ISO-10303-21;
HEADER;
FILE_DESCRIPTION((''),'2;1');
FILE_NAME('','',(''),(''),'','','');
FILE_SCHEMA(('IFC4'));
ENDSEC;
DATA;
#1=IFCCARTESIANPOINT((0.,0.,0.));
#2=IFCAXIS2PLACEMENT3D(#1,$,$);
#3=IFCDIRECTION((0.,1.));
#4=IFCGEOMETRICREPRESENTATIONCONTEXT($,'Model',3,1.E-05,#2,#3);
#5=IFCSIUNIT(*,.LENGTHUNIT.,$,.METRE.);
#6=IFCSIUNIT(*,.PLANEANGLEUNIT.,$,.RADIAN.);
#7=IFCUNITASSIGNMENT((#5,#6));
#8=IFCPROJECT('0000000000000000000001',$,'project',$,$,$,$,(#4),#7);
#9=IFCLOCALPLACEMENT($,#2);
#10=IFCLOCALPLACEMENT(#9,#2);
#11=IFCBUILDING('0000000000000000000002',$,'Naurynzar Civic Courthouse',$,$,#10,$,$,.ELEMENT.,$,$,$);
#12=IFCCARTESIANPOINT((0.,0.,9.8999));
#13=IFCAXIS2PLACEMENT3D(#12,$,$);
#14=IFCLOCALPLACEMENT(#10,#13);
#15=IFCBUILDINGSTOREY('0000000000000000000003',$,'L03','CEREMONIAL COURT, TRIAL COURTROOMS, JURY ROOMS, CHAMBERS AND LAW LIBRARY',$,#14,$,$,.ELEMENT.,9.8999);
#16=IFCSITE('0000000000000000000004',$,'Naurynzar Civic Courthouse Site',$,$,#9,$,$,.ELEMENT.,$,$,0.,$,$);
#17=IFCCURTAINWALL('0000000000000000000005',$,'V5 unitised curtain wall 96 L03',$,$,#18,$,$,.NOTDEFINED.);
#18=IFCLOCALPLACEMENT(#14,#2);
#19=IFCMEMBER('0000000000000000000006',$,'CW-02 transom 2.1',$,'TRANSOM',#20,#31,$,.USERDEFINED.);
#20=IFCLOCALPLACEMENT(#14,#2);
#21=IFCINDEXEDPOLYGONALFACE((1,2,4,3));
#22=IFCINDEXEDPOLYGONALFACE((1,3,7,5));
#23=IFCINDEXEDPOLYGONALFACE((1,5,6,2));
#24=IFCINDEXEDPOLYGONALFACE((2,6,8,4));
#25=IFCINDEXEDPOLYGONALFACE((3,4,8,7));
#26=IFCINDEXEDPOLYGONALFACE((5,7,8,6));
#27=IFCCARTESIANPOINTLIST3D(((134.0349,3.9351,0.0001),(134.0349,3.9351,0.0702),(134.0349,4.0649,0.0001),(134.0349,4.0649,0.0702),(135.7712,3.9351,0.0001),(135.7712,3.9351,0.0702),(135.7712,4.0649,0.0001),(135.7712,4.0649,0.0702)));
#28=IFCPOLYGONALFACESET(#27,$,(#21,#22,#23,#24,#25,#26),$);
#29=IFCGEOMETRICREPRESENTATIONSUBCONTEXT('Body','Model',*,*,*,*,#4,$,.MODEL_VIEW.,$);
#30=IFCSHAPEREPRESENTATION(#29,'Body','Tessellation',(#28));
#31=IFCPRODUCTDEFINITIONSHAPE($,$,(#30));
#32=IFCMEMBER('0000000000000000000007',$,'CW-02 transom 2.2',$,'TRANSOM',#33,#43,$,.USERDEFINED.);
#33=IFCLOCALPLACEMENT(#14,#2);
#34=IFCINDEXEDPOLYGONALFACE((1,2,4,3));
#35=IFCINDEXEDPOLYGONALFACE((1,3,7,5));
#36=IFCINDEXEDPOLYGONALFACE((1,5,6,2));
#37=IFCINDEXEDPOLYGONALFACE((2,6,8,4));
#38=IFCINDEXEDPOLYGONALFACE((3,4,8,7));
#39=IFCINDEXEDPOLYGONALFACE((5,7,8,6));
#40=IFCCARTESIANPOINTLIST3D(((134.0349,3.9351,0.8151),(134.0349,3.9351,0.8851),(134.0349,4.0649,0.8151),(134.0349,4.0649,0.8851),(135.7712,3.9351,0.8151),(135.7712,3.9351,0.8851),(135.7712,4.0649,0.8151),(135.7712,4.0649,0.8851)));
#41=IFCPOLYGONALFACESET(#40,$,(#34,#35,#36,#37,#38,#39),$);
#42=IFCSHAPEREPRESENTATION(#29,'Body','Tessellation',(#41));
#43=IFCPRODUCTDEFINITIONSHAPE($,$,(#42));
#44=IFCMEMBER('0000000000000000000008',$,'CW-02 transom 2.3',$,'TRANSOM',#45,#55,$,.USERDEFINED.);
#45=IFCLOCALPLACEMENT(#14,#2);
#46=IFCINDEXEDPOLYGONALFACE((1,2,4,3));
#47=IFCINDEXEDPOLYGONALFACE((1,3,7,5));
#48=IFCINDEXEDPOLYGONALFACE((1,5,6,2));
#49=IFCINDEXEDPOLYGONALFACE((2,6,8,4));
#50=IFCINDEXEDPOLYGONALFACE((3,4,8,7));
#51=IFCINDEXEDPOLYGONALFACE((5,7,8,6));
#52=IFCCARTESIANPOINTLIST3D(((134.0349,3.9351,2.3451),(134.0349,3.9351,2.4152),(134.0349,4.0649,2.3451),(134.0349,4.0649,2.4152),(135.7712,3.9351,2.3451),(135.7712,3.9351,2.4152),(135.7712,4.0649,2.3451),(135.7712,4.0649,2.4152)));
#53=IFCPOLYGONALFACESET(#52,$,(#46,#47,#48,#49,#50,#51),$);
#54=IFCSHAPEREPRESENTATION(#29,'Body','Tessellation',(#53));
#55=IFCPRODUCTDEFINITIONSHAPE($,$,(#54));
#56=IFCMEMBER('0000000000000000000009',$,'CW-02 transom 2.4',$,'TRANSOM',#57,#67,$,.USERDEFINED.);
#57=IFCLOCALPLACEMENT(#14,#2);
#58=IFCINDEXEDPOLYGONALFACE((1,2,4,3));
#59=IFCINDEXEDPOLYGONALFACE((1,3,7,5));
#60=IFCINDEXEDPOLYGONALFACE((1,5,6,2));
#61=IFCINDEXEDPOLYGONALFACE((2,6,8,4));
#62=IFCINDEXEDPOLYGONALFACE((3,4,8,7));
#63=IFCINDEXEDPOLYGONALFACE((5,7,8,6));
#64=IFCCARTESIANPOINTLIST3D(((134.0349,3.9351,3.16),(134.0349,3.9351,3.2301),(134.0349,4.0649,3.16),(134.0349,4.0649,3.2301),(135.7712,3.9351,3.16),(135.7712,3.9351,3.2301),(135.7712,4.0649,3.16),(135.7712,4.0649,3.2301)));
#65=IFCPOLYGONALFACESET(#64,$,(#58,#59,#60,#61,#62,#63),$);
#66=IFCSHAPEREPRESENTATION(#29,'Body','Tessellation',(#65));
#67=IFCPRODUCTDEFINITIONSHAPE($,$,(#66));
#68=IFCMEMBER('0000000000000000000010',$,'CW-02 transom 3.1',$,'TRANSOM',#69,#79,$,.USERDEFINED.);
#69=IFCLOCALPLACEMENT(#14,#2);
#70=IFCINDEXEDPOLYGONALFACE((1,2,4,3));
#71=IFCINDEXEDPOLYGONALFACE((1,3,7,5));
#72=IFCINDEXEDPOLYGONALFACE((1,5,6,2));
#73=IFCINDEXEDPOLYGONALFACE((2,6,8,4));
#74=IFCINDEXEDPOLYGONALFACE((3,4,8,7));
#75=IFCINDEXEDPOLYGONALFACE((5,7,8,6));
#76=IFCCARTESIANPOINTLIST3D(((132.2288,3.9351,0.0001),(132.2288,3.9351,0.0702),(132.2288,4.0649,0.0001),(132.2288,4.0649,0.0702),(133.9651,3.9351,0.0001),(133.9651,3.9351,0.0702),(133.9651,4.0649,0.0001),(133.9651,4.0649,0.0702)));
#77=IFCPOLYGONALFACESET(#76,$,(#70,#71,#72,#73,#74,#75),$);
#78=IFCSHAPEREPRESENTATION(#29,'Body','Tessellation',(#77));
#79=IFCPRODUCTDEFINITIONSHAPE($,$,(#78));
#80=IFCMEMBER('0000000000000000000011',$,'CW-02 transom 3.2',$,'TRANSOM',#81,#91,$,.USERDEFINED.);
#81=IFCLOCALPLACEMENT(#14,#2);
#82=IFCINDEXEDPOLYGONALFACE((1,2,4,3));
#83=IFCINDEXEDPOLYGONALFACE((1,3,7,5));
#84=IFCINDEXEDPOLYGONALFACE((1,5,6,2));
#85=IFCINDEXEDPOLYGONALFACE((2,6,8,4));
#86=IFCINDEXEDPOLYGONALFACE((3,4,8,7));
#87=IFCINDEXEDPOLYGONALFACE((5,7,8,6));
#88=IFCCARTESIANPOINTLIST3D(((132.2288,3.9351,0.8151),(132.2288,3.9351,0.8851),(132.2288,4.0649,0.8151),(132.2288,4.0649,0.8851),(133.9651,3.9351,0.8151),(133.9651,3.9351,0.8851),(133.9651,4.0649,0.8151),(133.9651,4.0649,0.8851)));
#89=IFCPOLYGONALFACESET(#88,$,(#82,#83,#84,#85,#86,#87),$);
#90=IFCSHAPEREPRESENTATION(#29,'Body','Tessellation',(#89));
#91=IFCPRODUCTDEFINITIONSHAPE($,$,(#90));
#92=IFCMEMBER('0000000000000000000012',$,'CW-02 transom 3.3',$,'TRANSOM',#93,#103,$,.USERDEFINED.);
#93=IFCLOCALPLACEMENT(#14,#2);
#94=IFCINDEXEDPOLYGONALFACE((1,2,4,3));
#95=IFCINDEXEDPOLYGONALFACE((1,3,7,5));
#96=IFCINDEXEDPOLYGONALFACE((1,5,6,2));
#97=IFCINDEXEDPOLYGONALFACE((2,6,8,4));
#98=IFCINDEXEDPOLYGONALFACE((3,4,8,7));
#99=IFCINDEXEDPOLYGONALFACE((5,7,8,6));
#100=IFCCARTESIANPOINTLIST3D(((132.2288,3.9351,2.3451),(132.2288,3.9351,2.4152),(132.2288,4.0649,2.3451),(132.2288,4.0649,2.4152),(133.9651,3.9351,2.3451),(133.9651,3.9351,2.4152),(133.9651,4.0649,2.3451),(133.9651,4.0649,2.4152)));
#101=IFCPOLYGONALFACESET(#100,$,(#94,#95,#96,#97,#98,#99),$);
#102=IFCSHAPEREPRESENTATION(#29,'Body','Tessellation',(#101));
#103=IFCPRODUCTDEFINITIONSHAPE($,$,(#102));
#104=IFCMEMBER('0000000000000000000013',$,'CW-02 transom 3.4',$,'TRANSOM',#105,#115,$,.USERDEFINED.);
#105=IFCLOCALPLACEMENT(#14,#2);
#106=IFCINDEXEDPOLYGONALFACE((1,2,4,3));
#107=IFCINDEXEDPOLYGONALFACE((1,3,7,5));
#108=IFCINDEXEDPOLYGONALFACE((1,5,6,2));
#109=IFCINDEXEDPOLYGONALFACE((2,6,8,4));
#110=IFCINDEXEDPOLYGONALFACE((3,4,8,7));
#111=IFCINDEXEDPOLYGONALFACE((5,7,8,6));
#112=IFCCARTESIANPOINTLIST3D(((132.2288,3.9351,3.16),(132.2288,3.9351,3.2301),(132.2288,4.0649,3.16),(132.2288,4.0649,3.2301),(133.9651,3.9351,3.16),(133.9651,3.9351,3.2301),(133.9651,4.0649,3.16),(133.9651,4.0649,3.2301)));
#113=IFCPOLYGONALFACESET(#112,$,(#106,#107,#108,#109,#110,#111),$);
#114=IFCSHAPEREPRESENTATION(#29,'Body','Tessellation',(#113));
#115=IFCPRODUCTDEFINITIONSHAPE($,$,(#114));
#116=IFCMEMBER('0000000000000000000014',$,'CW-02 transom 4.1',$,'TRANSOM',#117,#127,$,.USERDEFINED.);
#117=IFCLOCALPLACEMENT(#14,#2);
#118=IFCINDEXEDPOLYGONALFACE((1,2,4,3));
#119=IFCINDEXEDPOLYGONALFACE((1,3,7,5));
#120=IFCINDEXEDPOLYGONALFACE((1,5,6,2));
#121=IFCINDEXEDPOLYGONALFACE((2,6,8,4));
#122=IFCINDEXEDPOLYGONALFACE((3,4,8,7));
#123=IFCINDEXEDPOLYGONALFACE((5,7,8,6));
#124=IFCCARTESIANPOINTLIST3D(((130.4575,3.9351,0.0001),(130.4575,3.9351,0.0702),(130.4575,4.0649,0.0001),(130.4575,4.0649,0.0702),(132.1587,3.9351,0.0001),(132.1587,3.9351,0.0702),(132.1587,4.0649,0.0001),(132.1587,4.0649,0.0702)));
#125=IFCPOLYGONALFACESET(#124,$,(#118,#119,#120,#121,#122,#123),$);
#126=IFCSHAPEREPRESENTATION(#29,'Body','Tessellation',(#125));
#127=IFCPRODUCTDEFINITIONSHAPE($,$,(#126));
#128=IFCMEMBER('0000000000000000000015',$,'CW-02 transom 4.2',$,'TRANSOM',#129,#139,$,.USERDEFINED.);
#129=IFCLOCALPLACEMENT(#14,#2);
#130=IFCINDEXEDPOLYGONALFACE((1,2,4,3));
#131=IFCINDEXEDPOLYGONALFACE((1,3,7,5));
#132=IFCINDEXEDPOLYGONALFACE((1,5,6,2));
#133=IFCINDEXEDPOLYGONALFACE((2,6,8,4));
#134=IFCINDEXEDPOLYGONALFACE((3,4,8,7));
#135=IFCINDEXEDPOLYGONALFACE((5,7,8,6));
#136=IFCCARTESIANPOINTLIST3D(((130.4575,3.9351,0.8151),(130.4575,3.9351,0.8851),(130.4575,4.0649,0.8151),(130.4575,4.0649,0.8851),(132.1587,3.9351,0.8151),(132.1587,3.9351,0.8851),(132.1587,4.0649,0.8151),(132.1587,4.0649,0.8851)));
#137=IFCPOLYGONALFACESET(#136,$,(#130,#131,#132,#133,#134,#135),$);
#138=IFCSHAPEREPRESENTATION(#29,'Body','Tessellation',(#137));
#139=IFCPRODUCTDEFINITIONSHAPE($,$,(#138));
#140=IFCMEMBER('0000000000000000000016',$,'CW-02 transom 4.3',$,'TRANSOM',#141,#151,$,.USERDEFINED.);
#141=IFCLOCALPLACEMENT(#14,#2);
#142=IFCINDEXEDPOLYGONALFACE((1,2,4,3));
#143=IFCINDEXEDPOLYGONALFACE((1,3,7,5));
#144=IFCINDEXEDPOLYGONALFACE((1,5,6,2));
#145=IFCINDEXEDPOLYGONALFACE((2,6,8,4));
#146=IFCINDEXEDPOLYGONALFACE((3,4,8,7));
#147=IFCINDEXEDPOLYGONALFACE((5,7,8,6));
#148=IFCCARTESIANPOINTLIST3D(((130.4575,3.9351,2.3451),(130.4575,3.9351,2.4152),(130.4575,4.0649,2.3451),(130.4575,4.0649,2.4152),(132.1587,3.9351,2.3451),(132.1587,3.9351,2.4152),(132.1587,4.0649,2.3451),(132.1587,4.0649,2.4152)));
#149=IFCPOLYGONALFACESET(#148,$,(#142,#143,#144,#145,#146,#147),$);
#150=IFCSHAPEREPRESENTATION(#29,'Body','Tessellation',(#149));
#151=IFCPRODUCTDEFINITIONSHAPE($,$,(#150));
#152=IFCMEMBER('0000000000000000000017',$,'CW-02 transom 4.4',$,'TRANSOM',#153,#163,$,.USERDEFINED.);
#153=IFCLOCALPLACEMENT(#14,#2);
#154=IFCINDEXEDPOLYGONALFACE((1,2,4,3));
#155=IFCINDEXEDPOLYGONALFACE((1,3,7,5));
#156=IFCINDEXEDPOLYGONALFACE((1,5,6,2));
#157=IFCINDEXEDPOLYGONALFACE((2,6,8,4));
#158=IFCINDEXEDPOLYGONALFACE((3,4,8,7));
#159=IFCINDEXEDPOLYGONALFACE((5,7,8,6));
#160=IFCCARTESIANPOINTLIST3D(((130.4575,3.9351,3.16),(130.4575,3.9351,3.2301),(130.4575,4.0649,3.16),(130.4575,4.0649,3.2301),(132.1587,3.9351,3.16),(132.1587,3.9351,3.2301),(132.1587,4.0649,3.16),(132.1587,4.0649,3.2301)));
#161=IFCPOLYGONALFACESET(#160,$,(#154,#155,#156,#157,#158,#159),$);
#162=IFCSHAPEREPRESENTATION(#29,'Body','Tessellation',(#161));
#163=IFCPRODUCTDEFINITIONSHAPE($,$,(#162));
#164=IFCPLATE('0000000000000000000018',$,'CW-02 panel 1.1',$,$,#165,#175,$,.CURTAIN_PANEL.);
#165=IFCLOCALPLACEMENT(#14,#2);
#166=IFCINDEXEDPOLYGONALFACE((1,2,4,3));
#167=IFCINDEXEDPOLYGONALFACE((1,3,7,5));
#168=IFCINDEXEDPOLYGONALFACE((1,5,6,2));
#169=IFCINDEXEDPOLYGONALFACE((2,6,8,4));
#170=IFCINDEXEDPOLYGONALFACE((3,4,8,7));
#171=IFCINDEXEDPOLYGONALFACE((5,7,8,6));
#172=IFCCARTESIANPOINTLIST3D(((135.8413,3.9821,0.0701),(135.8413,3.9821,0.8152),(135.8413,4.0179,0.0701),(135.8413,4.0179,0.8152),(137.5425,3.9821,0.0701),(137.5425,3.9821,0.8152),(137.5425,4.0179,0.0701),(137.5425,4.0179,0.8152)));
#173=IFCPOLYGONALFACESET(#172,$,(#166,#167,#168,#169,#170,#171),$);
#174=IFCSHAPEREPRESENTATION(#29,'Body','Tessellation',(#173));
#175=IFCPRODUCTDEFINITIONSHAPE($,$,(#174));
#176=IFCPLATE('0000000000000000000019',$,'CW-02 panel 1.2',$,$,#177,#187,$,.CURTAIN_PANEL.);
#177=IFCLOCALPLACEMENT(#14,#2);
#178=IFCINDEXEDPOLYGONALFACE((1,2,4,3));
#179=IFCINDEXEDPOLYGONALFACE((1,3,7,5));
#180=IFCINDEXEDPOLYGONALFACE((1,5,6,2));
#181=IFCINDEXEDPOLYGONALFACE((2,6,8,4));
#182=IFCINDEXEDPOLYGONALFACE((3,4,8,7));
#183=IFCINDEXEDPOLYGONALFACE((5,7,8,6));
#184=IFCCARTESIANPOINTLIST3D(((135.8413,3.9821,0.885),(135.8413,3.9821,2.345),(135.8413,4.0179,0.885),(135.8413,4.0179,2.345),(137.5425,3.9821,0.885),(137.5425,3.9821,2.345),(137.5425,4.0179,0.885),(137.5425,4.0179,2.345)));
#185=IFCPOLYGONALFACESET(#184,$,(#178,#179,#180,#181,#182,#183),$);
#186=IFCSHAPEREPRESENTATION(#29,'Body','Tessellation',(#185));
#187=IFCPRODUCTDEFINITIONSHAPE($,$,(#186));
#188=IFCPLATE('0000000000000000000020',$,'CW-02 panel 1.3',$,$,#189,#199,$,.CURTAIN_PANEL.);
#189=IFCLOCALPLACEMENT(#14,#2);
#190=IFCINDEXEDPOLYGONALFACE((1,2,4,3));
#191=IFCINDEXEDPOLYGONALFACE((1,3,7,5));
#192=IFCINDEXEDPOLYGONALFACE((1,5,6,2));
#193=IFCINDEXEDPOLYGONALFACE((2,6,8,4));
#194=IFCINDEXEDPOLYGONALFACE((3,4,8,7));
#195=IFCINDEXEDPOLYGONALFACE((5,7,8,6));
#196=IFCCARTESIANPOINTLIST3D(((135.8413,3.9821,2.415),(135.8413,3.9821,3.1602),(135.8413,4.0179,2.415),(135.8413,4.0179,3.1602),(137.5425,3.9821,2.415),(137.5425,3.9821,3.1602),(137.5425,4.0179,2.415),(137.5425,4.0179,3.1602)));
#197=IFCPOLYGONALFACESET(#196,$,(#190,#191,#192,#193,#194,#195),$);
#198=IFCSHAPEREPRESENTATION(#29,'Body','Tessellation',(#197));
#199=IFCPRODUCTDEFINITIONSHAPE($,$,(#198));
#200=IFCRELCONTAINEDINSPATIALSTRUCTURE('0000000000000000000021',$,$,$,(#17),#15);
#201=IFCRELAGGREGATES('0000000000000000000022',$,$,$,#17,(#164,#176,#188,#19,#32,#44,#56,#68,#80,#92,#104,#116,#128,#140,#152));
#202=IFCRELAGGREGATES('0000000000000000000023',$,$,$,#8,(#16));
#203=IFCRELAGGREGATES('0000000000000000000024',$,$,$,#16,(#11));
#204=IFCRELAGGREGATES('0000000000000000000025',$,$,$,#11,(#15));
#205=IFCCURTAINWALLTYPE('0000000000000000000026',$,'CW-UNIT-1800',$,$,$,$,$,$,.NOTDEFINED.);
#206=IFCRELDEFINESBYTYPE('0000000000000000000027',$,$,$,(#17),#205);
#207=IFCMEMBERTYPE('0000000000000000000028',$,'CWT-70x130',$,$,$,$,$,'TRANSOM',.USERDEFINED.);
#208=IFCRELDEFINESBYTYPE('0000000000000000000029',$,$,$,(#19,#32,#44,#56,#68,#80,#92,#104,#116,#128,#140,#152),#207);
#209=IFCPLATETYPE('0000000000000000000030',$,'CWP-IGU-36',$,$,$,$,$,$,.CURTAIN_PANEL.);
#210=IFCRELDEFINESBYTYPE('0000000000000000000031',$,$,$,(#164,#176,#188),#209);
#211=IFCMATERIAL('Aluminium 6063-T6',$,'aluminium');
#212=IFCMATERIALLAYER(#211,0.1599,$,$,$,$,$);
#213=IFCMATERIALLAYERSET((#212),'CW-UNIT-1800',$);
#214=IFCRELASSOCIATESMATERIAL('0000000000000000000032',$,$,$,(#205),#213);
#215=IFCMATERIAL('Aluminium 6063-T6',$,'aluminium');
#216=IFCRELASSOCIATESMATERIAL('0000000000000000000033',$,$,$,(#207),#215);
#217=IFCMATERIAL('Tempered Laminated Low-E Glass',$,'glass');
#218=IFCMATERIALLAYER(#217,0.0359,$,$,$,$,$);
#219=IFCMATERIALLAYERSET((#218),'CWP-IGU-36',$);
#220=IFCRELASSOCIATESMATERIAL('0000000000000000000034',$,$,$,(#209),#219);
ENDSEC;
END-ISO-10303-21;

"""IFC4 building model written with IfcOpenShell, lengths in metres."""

from ifc_helpers import new_model, si_unit, direction, frame, origin, origin_2d, place, context, subcontext, project, spatial, rectangle, extrude, material, layer, layer_set, material_profile, profile_set, type_object, element, aggregate, save


model = new_model("IFC4")

# Units and contexts
model_context = context("Model", 3, precision=1e-05, world=origin(), true_north=direction((0.0, 1.0)))
body_context = subcontext(model_context, "Body", "Model", "MODEL_VIEW")
ifc_project = project(units=[si_unit("LENGTHUNIT", "METRE"), si_unit("PLANEANGLEUNIT", "RADIAN")], contexts=[model_context])

# Site, building, storey
site_placement = place(None, origin())
site = spatial("IfcSite", under=ifc_project, at=site_placement, Name="Naurynzar Civic Courthouse Site", CompositionType="ELEMENT", RefElevation=0.0)
building_placement = place(site_placement, origin())
building = spatial("IfcBuilding", under=site, at=building_placement, Name="Naurynzar Civic Courthouse", CompositionType="ELEMENT")
storey_placement = place(building_placement, frame((0.0, 0.0, 9.8999)))
storey = spatial("IfcBuildingStorey", under=building, at=storey_placement, Name="L03", Description="CEREMONIAL COURT, TRIAL COURTROOMS, JURY ROOMS, CHAMBERS AND LAW LIBRARY", CompositionType="ELEMENT", Elevation=9.8999)

# Curtain wall, members, plates
ifc_material_1 = material(Name="Aluminium 6063-T6", Category="aluminium")
ifc_layer_1 = layer(ifc_material_1, 0.1599)
ifc_layer_set_1 = layer_set([ifc_layer_1], Name="CW-UNIT-1800")
curtain_wall_type = type_object("IfcCurtainWallType", Name="CW-UNIT-1800", PredefinedType="NOTDEFINED", material=ifc_layer_set_1)
curtain_wall_placement = place(storey_placement, origin())
curtain_wall = element("IfcCurtainWall", 1, at=curtain_wall_placement, inside=storey, type_object=curtain_wall_type, Name="V5 unitised curtain wall 96 L03", PredefinedType="NOTDEFINED")
ifc_material_2 = material(Name="Aluminium 6063-T6", Category="aluminium")
ifc_material_profile_1 = material_profile(ifc_material_2, rectangle(XDim=0.1299, YDim=0.0701, at=origin_2d()), Name="ALU TRANSOM 70x130")
ifc_profile_set_1 = profile_set([ifc_material_profile_1], Name="Aluminium 6063-T6")
member_type_1 = type_object("IfcMemberType", Name="CWT-70x130", ElementType="TRANSOM", PredefinedType="USERDEFINED", material=ifc_profile_set_1)
member_1_placement = place(storey_placement, frame((135.7712, 4.0, 0.0352), z_axis=(-1.0, 0.0, 0.0), x_axis=(0.0, -1.0, 0.0)))
member_1 = element("IfcMember", 2, at=member_1_placement, type_object=member_type_1, Name="CW-02 transom 2.1", ObjectType="TRANSOM", PredefinedType="USERDEFINED", context=body_context, shape_type="SweptSolid", body=[
    extrude(rectangle(XDim=0.1299, YDim=0.0701, at=origin_2d()), origin(), (0.0, 0.0, 1.0), 1.7363),
])
member_2_placement = place(storey_placement, frame((135.7712, 4.0, 0.8501), z_axis=(-1.0, 0.0, 0.0), x_axis=(0.0, -1.0, 0.0)))
member_2 = element("IfcMember", 3, at=member_2_placement, type_object=member_type_1, Name="CW-02 transom 2.2", ObjectType="TRANSOM", PredefinedType="USERDEFINED", context=body_context, shape_type="SweptSolid", body=[
    extrude(rectangle(XDim=0.1299, YDim=0.0701, at=origin_2d()), origin(), (0.0, 0.0, 1.0), 1.7363),
])
member_3_placement = place(storey_placement, frame((135.7712, 4.0, 2.3801), z_axis=(-1.0, 0.0, 0.0), x_axis=(0.0, -1.0, 0.0)))
member_3 = element("IfcMember", 4, at=member_3_placement, type_object=member_type_1, Name="CW-02 transom 2.3", ObjectType="TRANSOM", PredefinedType="USERDEFINED", context=body_context, shape_type="SweptSolid", body=[
    extrude(rectangle(XDim=0.1299, YDim=0.0701, at=origin_2d()), origin(), (0.0, 0.0, 1.0), 1.7363),
])
member_4_placement = place(storey_placement, frame((135.7712, 4.0, 3.1951), z_axis=(-1.0, 0.0, 0.0), x_axis=(0.0, -1.0, 0.0)))
member_4 = element("IfcMember", 5, at=member_4_placement, type_object=member_type_1, Name="CW-02 transom 2.4", ObjectType="TRANSOM", PredefinedType="USERDEFINED", context=body_context, shape_type="SweptSolid", body=[
    extrude(rectangle(XDim=0.1299, YDim=0.0701, at=origin_2d()), origin(), (0.0, 0.0, 1.0), 1.7363),
])
member_5_placement = place(storey_placement, frame((133.9651, 4.0, 0.0352), z_axis=(-1.0, 0.0, 0.0), x_axis=(0.0, -1.0, 0.0)))
member_5 = element("IfcMember", 6, at=member_5_placement, type_object=member_type_1, Name="CW-02 transom 3.1", ObjectType="TRANSOM", PredefinedType="USERDEFINED", context=body_context, shape_type="SweptSolid", body=[
    extrude(rectangle(XDim=0.1299, YDim=0.0701, at=origin_2d()), origin(), (0.0, 0.0, 1.0), 1.7363),
])
member_6_placement = place(storey_placement, frame((133.9651, 4.0, 0.8501), z_axis=(-1.0, 0.0, 0.0), x_axis=(0.0, -1.0, 0.0)))
member_6 = element("IfcMember", 7, at=member_6_placement, type_object=member_type_1, Name="CW-02 transom 3.2", ObjectType="TRANSOM", PredefinedType="USERDEFINED", context=body_context, shape_type="SweptSolid", body=[
    extrude(rectangle(XDim=0.1299, YDim=0.0701, at=origin_2d()), origin(), (0.0, 0.0, 1.0), 1.7363),
])
member_7_placement = place(storey_placement, frame((133.9651, 4.0, 2.3801), z_axis=(-1.0, 0.0, 0.0), x_axis=(0.0, -1.0, 0.0)))
member_7 = element("IfcMember", 8, at=member_7_placement, type_object=member_type_1, Name="CW-02 transom 3.3", ObjectType="TRANSOM", PredefinedType="USERDEFINED", context=body_context, shape_type="SweptSolid", body=[
    extrude(rectangle(XDim=0.1299, YDim=0.0701, at=origin_2d()), origin(), (0.0, 0.0, 1.0), 1.7363),
])
member_8_placement = place(storey_placement, frame((133.9651, 4.0, 3.1951), z_axis=(-1.0, 0.0, 0.0), x_axis=(0.0, -1.0, 0.0)))
member_8 = element("IfcMember", 9, at=member_8_placement, type_object=member_type_1, Name="CW-02 transom 3.4", ObjectType="TRANSOM", PredefinedType="USERDEFINED", context=body_context, shape_type="SweptSolid", body=[
    extrude(rectangle(XDim=0.1299, YDim=0.0701, at=origin_2d()), origin(), (0.0, 0.0, 1.0), 1.7363),
])
member_9_placement = place(storey_placement, frame((132.1587, 4.0, 0.0352), z_axis=(-1.0, 0.0, 0.0), x_axis=(0.0, -1.0, 0.0)))
member_9 = element("IfcMember", 10, at=member_9_placement, type_object=member_type_1, Name="CW-02 transom 4.1", ObjectType="TRANSOM", PredefinedType="USERDEFINED", context=body_context, shape_type="SweptSolid", body=[
    extrude(rectangle(XDim=0.1299, YDim=0.0701, at=origin_2d()), origin(), (0.0, 0.0, 1.0), 1.7012),
])
member_10_placement = place(storey_placement, frame((132.1587, 4.0, 0.8501), z_axis=(-1.0, 0.0, 0.0), x_axis=(0.0, -1.0, 0.0)))
member_10 = element("IfcMember", 11, at=member_10_placement, type_object=member_type_1, Name="CW-02 transom 4.2", ObjectType="TRANSOM", PredefinedType="USERDEFINED", context=body_context, shape_type="SweptSolid", body=[
    extrude(rectangle(XDim=0.1299, YDim=0.0701, at=origin_2d()), origin(), (0.0, 0.0, 1.0), 1.7012),
])
member_11_placement = place(storey_placement, frame((132.1587, 4.0, 2.3801), z_axis=(-1.0, 0.0, 0.0), x_axis=(0.0, -1.0, 0.0)))
member_11 = element("IfcMember", 12, at=member_11_placement, type_object=member_type_1, Name="CW-02 transom 4.3", ObjectType="TRANSOM", PredefinedType="USERDEFINED", context=body_context, shape_type="SweptSolid", body=[
    extrude(rectangle(XDim=0.1299, YDim=0.0701, at=origin_2d()), origin(), (0.0, 0.0, 1.0), 1.7012),
])
member_12_placement = place(storey_placement, frame((132.1587, 4.0, 3.1951), z_axis=(-1.0, 0.0, 0.0), x_axis=(0.0, -1.0, 0.0)))
member_12 = element("IfcMember", 13, at=member_12_placement, type_object=member_type_1, Name="CW-02 transom 4.4", ObjectType="TRANSOM", PredefinedType="USERDEFINED", context=body_context, shape_type="SweptSolid", body=[
    extrude(rectangle(XDim=0.1299, YDim=0.0701, at=origin_2d()), origin(), (0.0, 0.0, 1.0), 1.7012),
])
ifc_material_3 = material(Name="Tempered Laminated Low-E Glass", Category="glass")
ifc_layer_2 = layer(ifc_material_3, 0.0359)
ifc_layer_set_2 = layer_set([ifc_layer_2], Name="CWP-IGU-36")
plate_type = type_object("IfcPlateType", Name="CWP-IGU-36", PredefinedType="CURTAIN_PANEL", material=ifc_layer_set_2)
plate_1_placement = place(storey_placement, frame((136.6919, 4.0, 0.0701), z_axis=(0.0, 0.0, 1.0), x_axis=(-1.0, 0.0, 0.0)))
plate_1 = element("IfcPlate", 14, at=plate_1_placement, type_object=plate_type, Name="CW-02 panel 1.1", PredefinedType="CURTAIN_PANEL", context=body_context, shape_type="SweptSolid", body=[
    extrude(rectangle(XDim=1.7012, YDim=0.0359, at=origin_2d()), origin(), (0.0, 0.0, 1.0), 0.7451),
])
plate_2_placement = place(storey_placement, frame((136.6919, 4.0, 0.885), z_axis=(0.0, 0.0, 1.0), x_axis=(-1.0, 0.0, 0.0)))
plate_2 = element("IfcPlate", 15, at=plate_2_placement, type_object=plate_type, Name="CW-02 panel 1.2", PredefinedType="CURTAIN_PANEL", context=body_context, shape_type="SweptSolid", body=[
    extrude(rectangle(XDim=1.7012, YDim=0.0359, at=origin_2d()), origin(), (0.0, 0.0, 1.0), 1.46),
])
plate_3_placement = place(storey_placement, frame((136.6919, 4.0, 2.415), z_axis=(0.0, 0.0, 1.0), x_axis=(-1.0, 0.0, 0.0)))
plate_3 = element("IfcPlate", 16, at=plate_3_placement, type_object=plate_type, Name="CW-02 panel 1.3", PredefinedType="CURTAIN_PANEL", context=body_context, shape_type="SweptSolid", body=[
    extrude(rectangle(XDim=1.7012, YDim=0.0359, at=origin_2d()), origin(), (0.0, 0.0, 1.0), 0.7451),
])
aggregate(curtain_wall, [plate_1, plate_2, plate_3, member_1, member_2, member_3, member_4, member_5, member_6, member_7, member_8, member_9, member_10, member_11, member_12])

save(model, "model.ifc")
